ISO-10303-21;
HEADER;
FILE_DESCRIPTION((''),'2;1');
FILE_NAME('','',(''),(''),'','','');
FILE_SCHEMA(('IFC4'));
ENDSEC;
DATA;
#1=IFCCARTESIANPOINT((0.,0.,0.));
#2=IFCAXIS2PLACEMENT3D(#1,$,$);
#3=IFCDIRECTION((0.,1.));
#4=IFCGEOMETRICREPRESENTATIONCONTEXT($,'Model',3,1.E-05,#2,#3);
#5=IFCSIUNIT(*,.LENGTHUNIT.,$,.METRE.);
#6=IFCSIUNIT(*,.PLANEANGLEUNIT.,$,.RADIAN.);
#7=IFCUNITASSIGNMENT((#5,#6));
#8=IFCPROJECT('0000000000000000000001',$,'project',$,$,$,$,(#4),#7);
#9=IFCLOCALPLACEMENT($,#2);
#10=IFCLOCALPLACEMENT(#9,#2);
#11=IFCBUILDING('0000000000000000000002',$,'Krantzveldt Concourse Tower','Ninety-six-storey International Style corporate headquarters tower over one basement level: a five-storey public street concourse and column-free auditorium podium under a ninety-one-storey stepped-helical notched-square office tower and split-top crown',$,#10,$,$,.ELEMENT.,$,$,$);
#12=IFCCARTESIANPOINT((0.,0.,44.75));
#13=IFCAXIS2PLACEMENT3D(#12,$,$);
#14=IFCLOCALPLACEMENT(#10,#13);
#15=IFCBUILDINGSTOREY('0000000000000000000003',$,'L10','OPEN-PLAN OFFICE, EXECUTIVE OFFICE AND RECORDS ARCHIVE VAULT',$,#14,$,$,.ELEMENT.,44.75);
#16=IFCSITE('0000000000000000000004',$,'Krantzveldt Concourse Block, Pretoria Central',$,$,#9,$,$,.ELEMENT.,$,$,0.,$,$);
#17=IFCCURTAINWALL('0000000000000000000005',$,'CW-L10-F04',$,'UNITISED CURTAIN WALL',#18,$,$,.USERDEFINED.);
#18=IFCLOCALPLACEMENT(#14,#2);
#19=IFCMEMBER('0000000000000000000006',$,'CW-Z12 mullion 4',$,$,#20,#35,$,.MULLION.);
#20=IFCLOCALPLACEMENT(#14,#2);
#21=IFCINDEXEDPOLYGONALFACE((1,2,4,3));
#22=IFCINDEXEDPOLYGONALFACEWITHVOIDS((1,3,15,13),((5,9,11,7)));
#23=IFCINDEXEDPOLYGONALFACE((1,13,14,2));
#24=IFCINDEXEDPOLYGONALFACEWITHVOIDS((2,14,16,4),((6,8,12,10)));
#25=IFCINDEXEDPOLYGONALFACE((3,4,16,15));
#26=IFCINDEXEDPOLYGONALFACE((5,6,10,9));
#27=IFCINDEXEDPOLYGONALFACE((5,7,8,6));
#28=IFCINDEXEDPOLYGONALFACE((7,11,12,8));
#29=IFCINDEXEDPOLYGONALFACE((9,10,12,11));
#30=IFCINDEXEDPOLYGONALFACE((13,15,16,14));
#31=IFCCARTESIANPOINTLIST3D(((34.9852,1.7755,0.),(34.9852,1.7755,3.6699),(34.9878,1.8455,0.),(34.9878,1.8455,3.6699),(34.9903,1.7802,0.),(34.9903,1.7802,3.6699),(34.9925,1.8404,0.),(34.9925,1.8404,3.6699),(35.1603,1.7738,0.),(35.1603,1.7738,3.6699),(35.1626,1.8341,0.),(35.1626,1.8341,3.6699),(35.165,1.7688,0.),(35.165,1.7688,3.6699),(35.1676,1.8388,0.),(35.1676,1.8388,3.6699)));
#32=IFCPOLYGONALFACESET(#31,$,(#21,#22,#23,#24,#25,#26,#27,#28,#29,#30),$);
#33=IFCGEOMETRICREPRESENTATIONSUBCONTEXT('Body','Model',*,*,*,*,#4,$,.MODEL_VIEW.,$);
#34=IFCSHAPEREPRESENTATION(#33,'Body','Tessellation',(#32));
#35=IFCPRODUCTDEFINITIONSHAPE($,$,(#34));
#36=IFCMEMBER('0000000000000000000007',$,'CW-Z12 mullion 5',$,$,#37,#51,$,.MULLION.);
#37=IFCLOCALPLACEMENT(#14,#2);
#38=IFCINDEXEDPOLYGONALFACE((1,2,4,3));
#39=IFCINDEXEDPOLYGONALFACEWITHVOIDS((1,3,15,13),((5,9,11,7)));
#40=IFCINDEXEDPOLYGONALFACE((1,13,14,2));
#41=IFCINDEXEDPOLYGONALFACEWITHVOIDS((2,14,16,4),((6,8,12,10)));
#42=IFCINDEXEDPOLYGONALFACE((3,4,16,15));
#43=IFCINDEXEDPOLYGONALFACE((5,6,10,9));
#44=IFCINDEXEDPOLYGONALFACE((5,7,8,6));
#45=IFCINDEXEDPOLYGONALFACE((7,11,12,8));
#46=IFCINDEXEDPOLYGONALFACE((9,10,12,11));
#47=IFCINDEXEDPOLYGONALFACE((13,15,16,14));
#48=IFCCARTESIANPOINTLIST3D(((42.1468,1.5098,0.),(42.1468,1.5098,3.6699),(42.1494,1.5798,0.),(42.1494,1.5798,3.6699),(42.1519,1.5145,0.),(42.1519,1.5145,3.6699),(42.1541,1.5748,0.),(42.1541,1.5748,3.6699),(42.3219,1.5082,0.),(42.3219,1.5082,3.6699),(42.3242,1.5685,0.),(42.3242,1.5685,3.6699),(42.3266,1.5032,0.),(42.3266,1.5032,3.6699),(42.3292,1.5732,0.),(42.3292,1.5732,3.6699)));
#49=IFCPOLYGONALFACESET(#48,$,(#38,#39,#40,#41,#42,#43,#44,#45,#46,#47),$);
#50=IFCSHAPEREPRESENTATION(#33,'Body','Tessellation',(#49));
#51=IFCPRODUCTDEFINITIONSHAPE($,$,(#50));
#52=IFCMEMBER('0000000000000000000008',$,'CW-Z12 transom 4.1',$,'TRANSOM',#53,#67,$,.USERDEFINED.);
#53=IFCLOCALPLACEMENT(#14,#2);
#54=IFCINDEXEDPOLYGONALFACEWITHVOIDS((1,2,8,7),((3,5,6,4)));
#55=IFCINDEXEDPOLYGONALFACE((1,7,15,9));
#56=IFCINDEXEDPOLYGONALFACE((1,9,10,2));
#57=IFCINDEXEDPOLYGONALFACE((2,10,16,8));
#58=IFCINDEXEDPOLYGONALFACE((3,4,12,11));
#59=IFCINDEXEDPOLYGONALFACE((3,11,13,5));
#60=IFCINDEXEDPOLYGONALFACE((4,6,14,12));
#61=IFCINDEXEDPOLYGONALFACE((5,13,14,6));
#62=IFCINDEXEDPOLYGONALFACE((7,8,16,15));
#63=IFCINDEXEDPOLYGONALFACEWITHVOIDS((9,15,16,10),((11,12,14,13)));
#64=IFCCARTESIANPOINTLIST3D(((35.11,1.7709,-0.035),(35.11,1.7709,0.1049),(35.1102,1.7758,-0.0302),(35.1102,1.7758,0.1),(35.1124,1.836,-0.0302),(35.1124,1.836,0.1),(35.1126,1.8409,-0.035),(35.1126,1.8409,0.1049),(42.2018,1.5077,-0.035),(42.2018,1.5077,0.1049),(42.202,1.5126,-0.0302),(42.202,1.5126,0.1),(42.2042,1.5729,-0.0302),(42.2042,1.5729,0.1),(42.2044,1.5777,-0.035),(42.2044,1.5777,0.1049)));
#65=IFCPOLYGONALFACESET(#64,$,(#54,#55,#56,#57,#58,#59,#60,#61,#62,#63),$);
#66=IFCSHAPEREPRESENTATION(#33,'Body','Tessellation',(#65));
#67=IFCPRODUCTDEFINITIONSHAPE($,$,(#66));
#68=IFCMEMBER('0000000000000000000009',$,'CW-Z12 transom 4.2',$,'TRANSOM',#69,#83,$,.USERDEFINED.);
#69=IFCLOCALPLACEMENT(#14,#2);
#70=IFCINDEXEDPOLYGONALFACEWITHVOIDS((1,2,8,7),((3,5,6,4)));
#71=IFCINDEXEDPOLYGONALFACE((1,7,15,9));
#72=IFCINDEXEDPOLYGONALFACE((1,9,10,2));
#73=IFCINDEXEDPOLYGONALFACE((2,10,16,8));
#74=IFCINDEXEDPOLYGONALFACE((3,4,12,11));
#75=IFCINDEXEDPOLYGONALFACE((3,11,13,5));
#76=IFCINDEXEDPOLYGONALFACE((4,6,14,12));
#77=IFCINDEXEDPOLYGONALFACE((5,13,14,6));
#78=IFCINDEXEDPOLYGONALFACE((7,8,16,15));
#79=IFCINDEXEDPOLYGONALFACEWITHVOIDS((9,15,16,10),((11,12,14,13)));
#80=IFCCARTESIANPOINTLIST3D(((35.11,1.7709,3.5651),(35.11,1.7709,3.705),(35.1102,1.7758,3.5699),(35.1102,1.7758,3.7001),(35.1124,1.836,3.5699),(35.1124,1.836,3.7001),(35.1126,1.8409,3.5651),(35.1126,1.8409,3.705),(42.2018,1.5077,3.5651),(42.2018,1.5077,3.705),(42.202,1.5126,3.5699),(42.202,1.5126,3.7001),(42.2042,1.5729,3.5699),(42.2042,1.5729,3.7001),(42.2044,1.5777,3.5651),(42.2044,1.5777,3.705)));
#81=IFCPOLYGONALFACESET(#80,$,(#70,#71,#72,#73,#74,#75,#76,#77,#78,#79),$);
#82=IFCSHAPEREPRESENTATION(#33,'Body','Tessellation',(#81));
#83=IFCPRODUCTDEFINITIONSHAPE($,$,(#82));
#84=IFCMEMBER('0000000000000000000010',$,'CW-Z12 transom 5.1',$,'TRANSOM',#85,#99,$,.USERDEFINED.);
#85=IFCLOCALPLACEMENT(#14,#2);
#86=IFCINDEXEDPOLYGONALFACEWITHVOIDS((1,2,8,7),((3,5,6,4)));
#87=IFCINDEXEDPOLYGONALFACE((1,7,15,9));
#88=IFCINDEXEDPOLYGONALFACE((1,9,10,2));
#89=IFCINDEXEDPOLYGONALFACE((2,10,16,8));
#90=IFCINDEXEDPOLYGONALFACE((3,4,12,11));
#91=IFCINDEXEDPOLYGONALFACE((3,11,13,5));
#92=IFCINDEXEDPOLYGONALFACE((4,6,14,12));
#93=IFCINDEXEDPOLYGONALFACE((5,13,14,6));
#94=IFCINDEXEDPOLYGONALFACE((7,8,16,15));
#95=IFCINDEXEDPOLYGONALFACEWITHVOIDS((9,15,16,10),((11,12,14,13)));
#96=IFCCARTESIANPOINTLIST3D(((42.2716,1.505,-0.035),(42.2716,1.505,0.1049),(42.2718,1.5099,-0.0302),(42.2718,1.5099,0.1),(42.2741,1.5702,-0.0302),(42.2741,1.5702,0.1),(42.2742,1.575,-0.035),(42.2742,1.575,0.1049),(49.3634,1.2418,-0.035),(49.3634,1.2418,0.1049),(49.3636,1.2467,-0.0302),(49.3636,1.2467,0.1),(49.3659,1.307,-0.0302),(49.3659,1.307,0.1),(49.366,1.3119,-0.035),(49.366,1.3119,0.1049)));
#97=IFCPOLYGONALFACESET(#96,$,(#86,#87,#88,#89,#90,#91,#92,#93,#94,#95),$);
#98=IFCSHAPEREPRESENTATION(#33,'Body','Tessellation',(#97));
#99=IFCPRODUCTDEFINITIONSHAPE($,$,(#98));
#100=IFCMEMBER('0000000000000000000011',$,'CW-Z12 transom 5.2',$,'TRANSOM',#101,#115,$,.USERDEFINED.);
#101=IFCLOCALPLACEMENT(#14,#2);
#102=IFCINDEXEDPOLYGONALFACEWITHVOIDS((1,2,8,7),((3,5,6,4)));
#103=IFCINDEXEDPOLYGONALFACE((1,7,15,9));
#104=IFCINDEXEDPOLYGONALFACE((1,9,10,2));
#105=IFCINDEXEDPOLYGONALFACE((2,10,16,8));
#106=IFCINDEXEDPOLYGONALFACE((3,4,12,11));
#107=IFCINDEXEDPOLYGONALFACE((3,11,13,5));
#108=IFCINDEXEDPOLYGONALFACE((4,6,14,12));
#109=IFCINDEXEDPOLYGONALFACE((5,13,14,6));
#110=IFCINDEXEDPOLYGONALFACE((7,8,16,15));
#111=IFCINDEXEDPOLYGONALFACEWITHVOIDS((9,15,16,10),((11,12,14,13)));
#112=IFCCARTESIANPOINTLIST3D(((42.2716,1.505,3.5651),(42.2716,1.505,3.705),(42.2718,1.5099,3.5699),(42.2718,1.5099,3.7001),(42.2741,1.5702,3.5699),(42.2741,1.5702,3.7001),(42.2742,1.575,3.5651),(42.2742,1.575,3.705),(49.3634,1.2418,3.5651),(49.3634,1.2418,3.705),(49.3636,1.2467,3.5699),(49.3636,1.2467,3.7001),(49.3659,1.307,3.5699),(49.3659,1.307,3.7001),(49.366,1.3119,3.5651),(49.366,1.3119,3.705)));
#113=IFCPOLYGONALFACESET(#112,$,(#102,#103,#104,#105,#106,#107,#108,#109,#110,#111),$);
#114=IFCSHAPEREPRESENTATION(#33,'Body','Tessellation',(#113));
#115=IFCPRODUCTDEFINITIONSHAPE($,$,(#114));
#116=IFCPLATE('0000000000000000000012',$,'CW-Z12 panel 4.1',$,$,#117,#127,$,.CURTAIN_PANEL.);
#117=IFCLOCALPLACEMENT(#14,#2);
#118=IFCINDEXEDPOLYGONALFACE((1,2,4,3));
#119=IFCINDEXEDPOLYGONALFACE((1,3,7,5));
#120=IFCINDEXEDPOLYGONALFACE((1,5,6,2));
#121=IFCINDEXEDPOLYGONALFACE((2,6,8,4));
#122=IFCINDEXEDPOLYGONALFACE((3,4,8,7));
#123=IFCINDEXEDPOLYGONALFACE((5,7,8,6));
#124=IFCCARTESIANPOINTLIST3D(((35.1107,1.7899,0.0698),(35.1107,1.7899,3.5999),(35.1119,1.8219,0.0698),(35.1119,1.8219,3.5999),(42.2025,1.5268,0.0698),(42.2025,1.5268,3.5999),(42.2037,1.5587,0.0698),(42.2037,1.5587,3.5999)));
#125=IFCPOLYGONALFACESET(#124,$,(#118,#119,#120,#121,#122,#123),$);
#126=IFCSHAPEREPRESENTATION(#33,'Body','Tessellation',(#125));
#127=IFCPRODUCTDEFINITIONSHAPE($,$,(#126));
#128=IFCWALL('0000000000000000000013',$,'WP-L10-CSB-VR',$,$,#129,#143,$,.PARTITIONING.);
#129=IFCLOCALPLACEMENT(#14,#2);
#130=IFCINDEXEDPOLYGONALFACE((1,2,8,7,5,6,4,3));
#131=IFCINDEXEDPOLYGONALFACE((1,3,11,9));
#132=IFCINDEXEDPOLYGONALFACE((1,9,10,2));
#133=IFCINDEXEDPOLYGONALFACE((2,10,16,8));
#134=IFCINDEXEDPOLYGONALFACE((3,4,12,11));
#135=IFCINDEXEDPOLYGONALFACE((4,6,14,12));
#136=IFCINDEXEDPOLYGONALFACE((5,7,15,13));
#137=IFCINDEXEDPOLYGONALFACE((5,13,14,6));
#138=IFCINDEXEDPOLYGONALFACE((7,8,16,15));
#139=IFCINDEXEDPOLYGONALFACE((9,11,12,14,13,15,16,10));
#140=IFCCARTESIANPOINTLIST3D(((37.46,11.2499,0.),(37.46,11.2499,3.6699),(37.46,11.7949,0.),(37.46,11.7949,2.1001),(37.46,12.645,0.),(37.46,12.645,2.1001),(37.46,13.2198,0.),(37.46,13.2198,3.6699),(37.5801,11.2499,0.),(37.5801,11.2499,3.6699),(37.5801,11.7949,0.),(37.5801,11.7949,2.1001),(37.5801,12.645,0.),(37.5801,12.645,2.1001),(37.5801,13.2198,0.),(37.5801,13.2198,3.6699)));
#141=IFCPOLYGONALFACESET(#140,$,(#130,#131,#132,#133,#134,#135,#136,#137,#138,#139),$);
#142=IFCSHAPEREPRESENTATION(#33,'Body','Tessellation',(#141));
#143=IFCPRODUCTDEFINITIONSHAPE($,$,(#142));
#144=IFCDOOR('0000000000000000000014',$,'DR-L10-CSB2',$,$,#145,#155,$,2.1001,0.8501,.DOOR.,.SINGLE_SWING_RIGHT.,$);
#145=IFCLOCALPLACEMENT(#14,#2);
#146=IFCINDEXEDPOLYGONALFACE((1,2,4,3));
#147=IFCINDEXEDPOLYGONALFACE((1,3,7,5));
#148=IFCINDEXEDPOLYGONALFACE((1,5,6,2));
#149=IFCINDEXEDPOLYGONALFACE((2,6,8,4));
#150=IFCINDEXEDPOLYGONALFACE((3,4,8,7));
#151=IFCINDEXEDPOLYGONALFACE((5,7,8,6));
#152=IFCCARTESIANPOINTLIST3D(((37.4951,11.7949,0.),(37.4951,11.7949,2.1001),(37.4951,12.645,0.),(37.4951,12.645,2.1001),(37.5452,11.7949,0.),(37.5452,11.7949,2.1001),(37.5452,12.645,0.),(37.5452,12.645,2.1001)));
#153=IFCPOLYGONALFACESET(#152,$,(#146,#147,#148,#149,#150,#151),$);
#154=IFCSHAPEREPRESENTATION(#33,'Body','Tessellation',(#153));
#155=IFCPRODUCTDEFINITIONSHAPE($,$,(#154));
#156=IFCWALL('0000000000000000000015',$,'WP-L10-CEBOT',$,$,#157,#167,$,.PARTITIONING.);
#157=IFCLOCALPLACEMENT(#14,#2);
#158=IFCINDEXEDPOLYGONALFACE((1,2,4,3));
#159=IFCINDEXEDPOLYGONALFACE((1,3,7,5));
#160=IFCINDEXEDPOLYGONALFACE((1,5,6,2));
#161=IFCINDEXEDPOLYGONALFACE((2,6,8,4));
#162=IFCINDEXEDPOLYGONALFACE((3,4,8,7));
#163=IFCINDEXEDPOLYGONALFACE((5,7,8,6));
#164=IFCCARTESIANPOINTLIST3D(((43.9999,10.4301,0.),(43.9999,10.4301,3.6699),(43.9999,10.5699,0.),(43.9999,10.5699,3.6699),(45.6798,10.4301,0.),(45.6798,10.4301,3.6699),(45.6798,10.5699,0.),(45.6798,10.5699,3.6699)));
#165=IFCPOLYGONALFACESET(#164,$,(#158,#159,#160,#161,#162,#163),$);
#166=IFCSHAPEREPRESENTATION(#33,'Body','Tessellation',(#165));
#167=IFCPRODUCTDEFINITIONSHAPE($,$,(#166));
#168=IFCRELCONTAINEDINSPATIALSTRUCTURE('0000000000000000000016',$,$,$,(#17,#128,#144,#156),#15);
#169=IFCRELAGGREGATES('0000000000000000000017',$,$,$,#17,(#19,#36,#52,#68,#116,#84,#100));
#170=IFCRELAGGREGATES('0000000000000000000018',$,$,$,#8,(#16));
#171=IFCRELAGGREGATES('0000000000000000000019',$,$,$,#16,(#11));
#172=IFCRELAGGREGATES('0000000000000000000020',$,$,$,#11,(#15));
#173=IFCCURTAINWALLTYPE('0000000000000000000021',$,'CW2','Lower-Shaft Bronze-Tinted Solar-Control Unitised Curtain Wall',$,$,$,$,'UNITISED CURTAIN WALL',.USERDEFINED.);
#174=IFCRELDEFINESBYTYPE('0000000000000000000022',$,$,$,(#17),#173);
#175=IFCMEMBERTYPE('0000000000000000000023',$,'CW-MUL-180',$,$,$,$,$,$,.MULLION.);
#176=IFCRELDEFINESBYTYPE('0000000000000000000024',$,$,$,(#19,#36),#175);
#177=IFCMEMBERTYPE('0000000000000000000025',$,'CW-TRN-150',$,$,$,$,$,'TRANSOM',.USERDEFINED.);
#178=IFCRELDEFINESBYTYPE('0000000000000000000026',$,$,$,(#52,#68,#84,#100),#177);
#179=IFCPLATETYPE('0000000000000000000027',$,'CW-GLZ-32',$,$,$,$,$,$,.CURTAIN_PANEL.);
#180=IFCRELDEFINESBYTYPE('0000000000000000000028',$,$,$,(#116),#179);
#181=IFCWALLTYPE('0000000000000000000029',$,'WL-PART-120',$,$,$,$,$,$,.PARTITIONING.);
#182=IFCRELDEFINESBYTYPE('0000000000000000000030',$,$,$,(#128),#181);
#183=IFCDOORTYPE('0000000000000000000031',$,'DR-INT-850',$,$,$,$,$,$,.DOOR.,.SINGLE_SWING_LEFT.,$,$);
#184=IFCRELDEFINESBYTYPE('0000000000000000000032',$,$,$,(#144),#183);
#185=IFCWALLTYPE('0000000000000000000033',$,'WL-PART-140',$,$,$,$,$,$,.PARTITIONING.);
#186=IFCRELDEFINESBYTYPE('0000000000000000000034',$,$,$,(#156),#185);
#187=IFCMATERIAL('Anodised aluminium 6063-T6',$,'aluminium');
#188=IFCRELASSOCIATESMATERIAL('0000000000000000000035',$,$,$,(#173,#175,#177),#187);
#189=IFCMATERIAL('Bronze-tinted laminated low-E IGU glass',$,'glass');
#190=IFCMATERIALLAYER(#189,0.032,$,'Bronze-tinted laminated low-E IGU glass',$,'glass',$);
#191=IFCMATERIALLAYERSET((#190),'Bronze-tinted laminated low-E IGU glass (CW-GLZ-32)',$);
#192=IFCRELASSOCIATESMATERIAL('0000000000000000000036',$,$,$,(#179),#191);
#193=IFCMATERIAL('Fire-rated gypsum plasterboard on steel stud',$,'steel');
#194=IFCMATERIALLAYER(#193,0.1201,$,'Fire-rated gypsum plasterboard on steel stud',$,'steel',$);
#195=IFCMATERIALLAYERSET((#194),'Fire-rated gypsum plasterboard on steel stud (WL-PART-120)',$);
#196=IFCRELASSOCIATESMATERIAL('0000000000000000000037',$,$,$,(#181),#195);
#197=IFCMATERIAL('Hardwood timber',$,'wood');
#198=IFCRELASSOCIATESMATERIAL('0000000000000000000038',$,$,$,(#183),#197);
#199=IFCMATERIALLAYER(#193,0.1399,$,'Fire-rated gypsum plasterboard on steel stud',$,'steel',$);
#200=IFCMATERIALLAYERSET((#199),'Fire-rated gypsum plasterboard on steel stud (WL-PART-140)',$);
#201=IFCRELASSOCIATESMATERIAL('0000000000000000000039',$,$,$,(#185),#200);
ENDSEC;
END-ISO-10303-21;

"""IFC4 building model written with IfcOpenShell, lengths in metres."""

from ifc_helpers import new_model, si_unit, direction, frame, frame_2d, origin, origin_2d, place, context, subcontext, project, spatial, rectangle, hollow_rectangle, extrude, source, transform, mapped, material, layer, layer_set, material_profile, profile_set, type_object, type_shapes, element, fill, aggregate, save


model = new_model("IFC4")

# Units and contexts
model_context = context("Model", 3, precision=1e-05, world=origin(), true_north=direction((0.0, 1.0)))
body_context = subcontext(model_context, "Body", "Model", "MODEL_VIEW")
ifc_project = project(units=[si_unit("LENGTHUNIT", "METRE"), si_unit("PLANEANGLEUNIT", "RADIAN")], contexts=[model_context])

# Site, building, storey
site_placement = place(None, origin())
site = spatial("IfcSite", under=ifc_project, at=site_placement, Name="Krantzveldt Concourse Block, Pretoria Central", CompositionType="ELEMENT", RefElevation=0.0)
building_placement = place(site_placement, origin())
building = spatial("IfcBuilding", under=site, at=building_placement, Name="Krantzveldt Concourse Tower", Description="Ninety-six-storey International Style corporate headquarters tower over one basement level: a five-storey public street concourse and column-free auditorium podium under a ninety-one-storey stepped-helical notched-square office tower and split-top crown", CompositionType="ELEMENT")
storey_placement = place(building_placement, frame((0.0, 0.0, 44.75)))
storey = spatial("IfcBuildingStorey", under=building, at=storey_placement, Name="L10", Description="OPEN-PLAN OFFICE, EXECUTIVE OFFICE AND RECORDS ARCHIVE VAULT", CompositionType="ELEMENT", Elevation=44.75)

# Curtain wall, members, plate
ifc_material_1 = material(Name="Anodised aluminium 6063-T6", Category="aluminium")
curtain_wall_type = type_object("IfcCurtainWallType", Name="CW2", Description="Lower-Shaft Bronze-Tinted Solar-Control Unitised Curtain Wall", ElementType="UNITISED CURTAIN WALL", PredefinedType="USERDEFINED", material=ifc_material_1)
curtain_wall_placement = place(storey_placement, origin())
curtain_wall = element("IfcCurtainWall", 1, at=curtain_wall_placement, inside=storey, type_object=curtain_wall_type, Name="CW-L10-F04", ObjectType="UNITISED CURTAIN WALL", PredefinedType="USERDEFINED")
ifc_material_profile_1 = material_profile(ifc_material_1, hollow_rectangle(XDim=0.0701, YDim=0.1799, WallThickness=0.0049, at=origin_2d()), Name="Anodised aluminium 6063-T6", Category="aluminium")
ifc_profile_set_1 = profile_set([ifc_material_profile_1], Name="Anodised aluminium 6063-T6 - ALU-MULL 180x70x5")
member_type_1 = type_object("IfcMemberType", Name="CW-MUL-180", PredefinedType="MULLION", material=ifc_profile_set_1)
shared_shape_1 = source(origin(), body_context, "Body", "SweptSolid", [
    extrude(hollow_rectangle(XDim=0.0701, YDim=0.1799, WallThickness=0.0049, at=origin_2d()), origin(), (0.0, 0.0, 1.0), 3.6699),
])
type_shapes(member_type_1, [shared_shape_1])
member_1_placement = place(storey_placement, frame((35.0764, 1.8071, 0.0), z_axis=(0.0, 0.0, 1.0), x_axis=(0.03708, 0.999312, 0.0)))
member_1 = element("IfcMember", 2, at=member_1_placement, type_object=member_type_1, Name="CW-Z12 mullion 4", PredefinedType="MULLION", context=body_context, shape_type="MappedRepresentation", body=[
    mapped(shared_shape_1, transform((0.0, 0.0, 0.0), x_axis=(1.0, 0.0, 0.0), y_axis=(0.0, 1.0, 0.0), z_axis=(0.0, 0.0, 1.0), scale=1.0)),
])
member_2_placement = place(storey_placement, frame((42.238, 1.5415, 0.0), z_axis=(0.0, 0.0, 1.0), x_axis=(0.03708, 0.999312, 0.0)))
member_2 = element("IfcMember", 3, at=member_2_placement, type_object=member_type_1, Name="CW-Z12 mullion 5", PredefinedType="MULLION", context=body_context, shape_type="MappedRepresentation", body=[
    mapped(shared_shape_1, transform((0.0, 0.0, 0.0), x_axis=(1.0, 0.0, 0.0), y_axis=(0.0, 1.0, 0.0), z_axis=(0.0, 0.0, 1.0), scale=1.0)),
])
ifc_material_profile_2 = material_profile(ifc_material_1, hollow_rectangle(XDim=0.0701, YDim=0.1399, WallThickness=0.0049, at=origin_2d()), Name="Anodised aluminium 6063-T6", Category="aluminium")
ifc_profile_set_2 = profile_set([ifc_material_profile_2], Name="Anodised aluminium 6063-T6 - ALU-TRAN 140x70x5")
member_type_2 = type_object("IfcMemberType", Name="CW-TRN-150", ElementType="TRANSOM", PredefinedType="USERDEFINED", material=ifc_profile_set_2)
shared_shape_2 = source(origin(), body_context, "Body", "SweptSolid", [
    extrude(hollow_rectangle(XDim=0.0701, YDim=0.1399, WallThickness=0.0049, at=origin_2d()), origin(), (0.0, 0.0, 1.0), 7.0967),
])
type_shapes(member_type_2, [shared_shape_2])
member_3_placement = place(storey_placement, frame((35.1113, 1.8059, 0.0349), z_axis=(0.999312, -0.037085, 0.0), x_axis=(0.037085, 0.999312, 0.0)))
member_3 = element("IfcMember", 4, at=member_3_placement, type_object=member_type_2, Name="CW-Z12 transom 4.1", ObjectType="TRANSOM", PredefinedType="USERDEFINED", context=body_context, shape_type="MappedRepresentation", body=[
    mapped(shared_shape_2, transform((0.0, 0.0, 0.0), x_axis=(1.0, 0.0, 0.0), y_axis=(0.0, 1.0, 0.0), z_axis=(0.0, 0.0, 1.0), scale=1.0)),
])
member_4_placement = place(storey_placement, frame((35.1113, 1.8059, 3.635), z_axis=(0.999312, -0.037085, 0.0), x_axis=(0.037085, 0.999312, 0.0)))
member_4 = element("IfcMember", 5, at=member_4_placement, type_object=member_type_2, Name="CW-Z12 transom 4.2", ObjectType="TRANSOM", PredefinedType="USERDEFINED", context=body_context, shape_type="MappedRepresentation", body=[
    mapped(shared_shape_2, transform((0.0, 0.0, 0.0), x_axis=(1.0, 0.0, 0.0), y_axis=(0.0, 1.0, 0.0), z_axis=(0.0, 0.0, 1.0), scale=1.0)),
])
member_5_placement = place(storey_placement, frame((42.2729, 1.54, 0.0349), z_axis=(0.999312, -0.037085, 0.0), x_axis=(0.037085, 0.999312, 0.0)))
member_5 = element("IfcMember", 6, at=member_5_placement, type_object=member_type_2, Name="CW-Z12 transom 5.1", ObjectType="TRANSOM", PredefinedType="USERDEFINED", context=body_context, shape_type="MappedRepresentation", body=[
    mapped(shared_shape_2, transform((0.0, 0.0, 0.0), x_axis=(1.0, 0.0, 0.0), y_axis=(0.0, 1.0, 0.0), z_axis=(0.0, 0.0, 1.0), scale=1.0)),
])
member_6_placement = place(storey_placement, frame((42.2729, 1.54, 3.635), z_axis=(0.999312, -0.037085, 0.0), x_axis=(0.037085, 0.999312, 0.0)))
member_6 = element("IfcMember", 7, at=member_6_placement, type_object=member_type_2, Name="CW-Z12 transom 5.2", ObjectType="TRANSOM", PredefinedType="USERDEFINED", context=body_context, shape_type="MappedRepresentation", body=[
    mapped(shared_shape_2, transform((0.0, 0.0, 0.0), x_axis=(1.0, 0.0, 0.0), y_axis=(0.0, 1.0, 0.0), z_axis=(0.0, 0.0, 1.0), scale=1.0)),
])
ifc_material_2 = material(Name="Bronze-tinted laminated low-E IGU glass", Category="glass")
ifc_layer_1 = layer(ifc_material_2, 0.032, Name="Bronze-tinted laminated low-E IGU glass", Category="glass")
ifc_layer_set_1 = layer_set([ifc_layer_1], Name="Bronze-tinted laminated low-E IGU glass (CW-GLZ-32)")
plate_type = type_object("IfcPlateType", Name="CW-GLZ-32", PredefinedType="CURTAIN_PANEL", material=ifc_layer_set_1)
shared_shape_3 = source(origin(), body_context, "Body", "SweptSolid", [
    extrude(rectangle(XDim=7.0967, YDim=0.032, at=origin_2d()), origin(), (0.0, 0.0, 1.0), 3.53),
])
type_shapes(plate_type, [shared_shape_3])
plate_placement = place(storey_placement, frame((38.6572, 1.6743, 0.0698), z_axis=(0.0, 0.0, 1.0), x_axis=(0.999312, -0.03708, 0.0)))
plate = element("IfcPlate", 8, at=plate_placement, type_object=plate_type, Name="CW-Z12 panel 4.1", PredefinedType="CURTAIN_PANEL", context=body_context, shape_type="MappedRepresentation", body=[
    mapped(shared_shape_3, transform((0.0, 0.0, 0.0), x_axis=(1.0, 0.0, 0.0), y_axis=(0.0, 1.0, 0.0), z_axis=(0.0, 0.0, 1.0), scale=1.0)),
])
aggregate(curtain_wall, [member_1, member_2, member_3, member_4, plate, member_5, member_6])

# Wall, opening, door
ifc_material_3 = material(Name="Fire-rated gypsum plasterboard on steel stud", Category="steel")
ifc_layer_2 = layer(ifc_material_3, 0.1201, Name="Fire-rated gypsum plasterboard on steel stud", Category="steel")
ifc_layer_set_2 = layer_set([ifc_layer_2], Name="Fire-rated gypsum plasterboard on steel stud (WL-PART-120)")
wall_type_1 = type_object("IfcWallType", Name="WL-PART-120", PredefinedType="PARTITIONING", material=ifc_layer_set_2)
wall_1_placement = place(storey_placement, frame((37.52, 11.25, 0.0), z_axis=(0.0, 0.0, 1.0), x_axis=(0.0, 1.0, 0.0)))
wall_1 = element("IfcWall", 9, at=wall_1_placement, inside=storey, type_object=wall_type_1, Name="WP-L10-CSB-VR", PredefinedType="PARTITIONING", context=body_context, shape_type="SweptSolid", body=[
    extrude(rectangle(XDim=1.97, YDim=0.1201, at=frame_2d((0.9849, 0.0))), origin(), (0.0, 0.0, 1.0), 3.6699),
])
opening_1_placement = place(wall_1_placement, frame((0.5449, 0.0, 0.0)))
opening_1 = element("IfcOpeningElement", 10, at=opening_1_placement, cuts=wall_1, PredefinedType="OPENING", context=body_context, shape_type="SweptSolid", body=[
    extrude(rectangle(XDim=0.8501, YDim=2.1001, at=frame_2d((0.425, 1.05))), frame((0.0, 0.0701, 0.0), z_axis=(0.0, -1.0, 0.0), x_axis=(1.0, 0.0, 0.0)), (0.0, 0.0, 1.0), 0.1401),
])
ifc_material_4 = material(Name="Hardwood timber", Category="wood")
door_type_1 = type_object("IfcDoorType", Name="DR-INT-850", OperationType="SINGLE_SWING_LEFT", PredefinedType="DOOR", material=ifc_material_4)
door_1_placement = place(opening_1_placement, origin())
door_1 = element("IfcDoor", 11, at=door_1_placement, inside=storey, type_object=door_type_1, Name="DR-L10-CSB2", OperationType="SINGLE_SWING_RIGHT", OverallHeight=2.1001, OverallWidth=0.8501, PredefinedType="DOOR", context=body_context, shape_type="SweptSolid", body=[
    extrude(rectangle(XDim=0.8501, YDim=2.1001, at=frame_2d((0.425, 1.05))), frame((0.0, 0.0249, 0.0), z_axis=(0.0, -1.0, 0.0), x_axis=(1.0, 0.0, 0.0)), (0.0, 0.0, 1.0), 0.05),
])
fill(opening_1, door_1)

# Wall
ifc_layer_3 = layer(ifc_material_3, 0.1399, Name="Fire-rated gypsum plasterboard on steel stud", Category="steel")
ifc_layer_set_3 = layer_set([ifc_layer_3], Name="Fire-rated gypsum plasterboard on steel stud (WL-PART-140)")
wall_type_2 = type_object("IfcWallType", Name="WL-PART-140", PredefinedType="PARTITIONING", material=ifc_layer_set_3)
wall_2_placement = place(storey_placement, frame((44.0, 10.5, 0.0), z_axis=(0.0, 0.0, 1.0), x_axis=(1.0, 0.0, 0.0)))
element("IfcWall", 12, at=wall_2_placement, inside=storey, type_object=wall_type_2, Name="WP-L10-CEBOT", PredefinedType="PARTITIONING", context=body_context, shape_type="SweptSolid", body=[
    extrude(rectangle(XDim=1.6799, YDim=0.1399, at=frame_2d((0.8398, 0.0))), origin(), (0.0, 0.0, 1.0), 3.6699),
])

save(model, "model.ifc")
